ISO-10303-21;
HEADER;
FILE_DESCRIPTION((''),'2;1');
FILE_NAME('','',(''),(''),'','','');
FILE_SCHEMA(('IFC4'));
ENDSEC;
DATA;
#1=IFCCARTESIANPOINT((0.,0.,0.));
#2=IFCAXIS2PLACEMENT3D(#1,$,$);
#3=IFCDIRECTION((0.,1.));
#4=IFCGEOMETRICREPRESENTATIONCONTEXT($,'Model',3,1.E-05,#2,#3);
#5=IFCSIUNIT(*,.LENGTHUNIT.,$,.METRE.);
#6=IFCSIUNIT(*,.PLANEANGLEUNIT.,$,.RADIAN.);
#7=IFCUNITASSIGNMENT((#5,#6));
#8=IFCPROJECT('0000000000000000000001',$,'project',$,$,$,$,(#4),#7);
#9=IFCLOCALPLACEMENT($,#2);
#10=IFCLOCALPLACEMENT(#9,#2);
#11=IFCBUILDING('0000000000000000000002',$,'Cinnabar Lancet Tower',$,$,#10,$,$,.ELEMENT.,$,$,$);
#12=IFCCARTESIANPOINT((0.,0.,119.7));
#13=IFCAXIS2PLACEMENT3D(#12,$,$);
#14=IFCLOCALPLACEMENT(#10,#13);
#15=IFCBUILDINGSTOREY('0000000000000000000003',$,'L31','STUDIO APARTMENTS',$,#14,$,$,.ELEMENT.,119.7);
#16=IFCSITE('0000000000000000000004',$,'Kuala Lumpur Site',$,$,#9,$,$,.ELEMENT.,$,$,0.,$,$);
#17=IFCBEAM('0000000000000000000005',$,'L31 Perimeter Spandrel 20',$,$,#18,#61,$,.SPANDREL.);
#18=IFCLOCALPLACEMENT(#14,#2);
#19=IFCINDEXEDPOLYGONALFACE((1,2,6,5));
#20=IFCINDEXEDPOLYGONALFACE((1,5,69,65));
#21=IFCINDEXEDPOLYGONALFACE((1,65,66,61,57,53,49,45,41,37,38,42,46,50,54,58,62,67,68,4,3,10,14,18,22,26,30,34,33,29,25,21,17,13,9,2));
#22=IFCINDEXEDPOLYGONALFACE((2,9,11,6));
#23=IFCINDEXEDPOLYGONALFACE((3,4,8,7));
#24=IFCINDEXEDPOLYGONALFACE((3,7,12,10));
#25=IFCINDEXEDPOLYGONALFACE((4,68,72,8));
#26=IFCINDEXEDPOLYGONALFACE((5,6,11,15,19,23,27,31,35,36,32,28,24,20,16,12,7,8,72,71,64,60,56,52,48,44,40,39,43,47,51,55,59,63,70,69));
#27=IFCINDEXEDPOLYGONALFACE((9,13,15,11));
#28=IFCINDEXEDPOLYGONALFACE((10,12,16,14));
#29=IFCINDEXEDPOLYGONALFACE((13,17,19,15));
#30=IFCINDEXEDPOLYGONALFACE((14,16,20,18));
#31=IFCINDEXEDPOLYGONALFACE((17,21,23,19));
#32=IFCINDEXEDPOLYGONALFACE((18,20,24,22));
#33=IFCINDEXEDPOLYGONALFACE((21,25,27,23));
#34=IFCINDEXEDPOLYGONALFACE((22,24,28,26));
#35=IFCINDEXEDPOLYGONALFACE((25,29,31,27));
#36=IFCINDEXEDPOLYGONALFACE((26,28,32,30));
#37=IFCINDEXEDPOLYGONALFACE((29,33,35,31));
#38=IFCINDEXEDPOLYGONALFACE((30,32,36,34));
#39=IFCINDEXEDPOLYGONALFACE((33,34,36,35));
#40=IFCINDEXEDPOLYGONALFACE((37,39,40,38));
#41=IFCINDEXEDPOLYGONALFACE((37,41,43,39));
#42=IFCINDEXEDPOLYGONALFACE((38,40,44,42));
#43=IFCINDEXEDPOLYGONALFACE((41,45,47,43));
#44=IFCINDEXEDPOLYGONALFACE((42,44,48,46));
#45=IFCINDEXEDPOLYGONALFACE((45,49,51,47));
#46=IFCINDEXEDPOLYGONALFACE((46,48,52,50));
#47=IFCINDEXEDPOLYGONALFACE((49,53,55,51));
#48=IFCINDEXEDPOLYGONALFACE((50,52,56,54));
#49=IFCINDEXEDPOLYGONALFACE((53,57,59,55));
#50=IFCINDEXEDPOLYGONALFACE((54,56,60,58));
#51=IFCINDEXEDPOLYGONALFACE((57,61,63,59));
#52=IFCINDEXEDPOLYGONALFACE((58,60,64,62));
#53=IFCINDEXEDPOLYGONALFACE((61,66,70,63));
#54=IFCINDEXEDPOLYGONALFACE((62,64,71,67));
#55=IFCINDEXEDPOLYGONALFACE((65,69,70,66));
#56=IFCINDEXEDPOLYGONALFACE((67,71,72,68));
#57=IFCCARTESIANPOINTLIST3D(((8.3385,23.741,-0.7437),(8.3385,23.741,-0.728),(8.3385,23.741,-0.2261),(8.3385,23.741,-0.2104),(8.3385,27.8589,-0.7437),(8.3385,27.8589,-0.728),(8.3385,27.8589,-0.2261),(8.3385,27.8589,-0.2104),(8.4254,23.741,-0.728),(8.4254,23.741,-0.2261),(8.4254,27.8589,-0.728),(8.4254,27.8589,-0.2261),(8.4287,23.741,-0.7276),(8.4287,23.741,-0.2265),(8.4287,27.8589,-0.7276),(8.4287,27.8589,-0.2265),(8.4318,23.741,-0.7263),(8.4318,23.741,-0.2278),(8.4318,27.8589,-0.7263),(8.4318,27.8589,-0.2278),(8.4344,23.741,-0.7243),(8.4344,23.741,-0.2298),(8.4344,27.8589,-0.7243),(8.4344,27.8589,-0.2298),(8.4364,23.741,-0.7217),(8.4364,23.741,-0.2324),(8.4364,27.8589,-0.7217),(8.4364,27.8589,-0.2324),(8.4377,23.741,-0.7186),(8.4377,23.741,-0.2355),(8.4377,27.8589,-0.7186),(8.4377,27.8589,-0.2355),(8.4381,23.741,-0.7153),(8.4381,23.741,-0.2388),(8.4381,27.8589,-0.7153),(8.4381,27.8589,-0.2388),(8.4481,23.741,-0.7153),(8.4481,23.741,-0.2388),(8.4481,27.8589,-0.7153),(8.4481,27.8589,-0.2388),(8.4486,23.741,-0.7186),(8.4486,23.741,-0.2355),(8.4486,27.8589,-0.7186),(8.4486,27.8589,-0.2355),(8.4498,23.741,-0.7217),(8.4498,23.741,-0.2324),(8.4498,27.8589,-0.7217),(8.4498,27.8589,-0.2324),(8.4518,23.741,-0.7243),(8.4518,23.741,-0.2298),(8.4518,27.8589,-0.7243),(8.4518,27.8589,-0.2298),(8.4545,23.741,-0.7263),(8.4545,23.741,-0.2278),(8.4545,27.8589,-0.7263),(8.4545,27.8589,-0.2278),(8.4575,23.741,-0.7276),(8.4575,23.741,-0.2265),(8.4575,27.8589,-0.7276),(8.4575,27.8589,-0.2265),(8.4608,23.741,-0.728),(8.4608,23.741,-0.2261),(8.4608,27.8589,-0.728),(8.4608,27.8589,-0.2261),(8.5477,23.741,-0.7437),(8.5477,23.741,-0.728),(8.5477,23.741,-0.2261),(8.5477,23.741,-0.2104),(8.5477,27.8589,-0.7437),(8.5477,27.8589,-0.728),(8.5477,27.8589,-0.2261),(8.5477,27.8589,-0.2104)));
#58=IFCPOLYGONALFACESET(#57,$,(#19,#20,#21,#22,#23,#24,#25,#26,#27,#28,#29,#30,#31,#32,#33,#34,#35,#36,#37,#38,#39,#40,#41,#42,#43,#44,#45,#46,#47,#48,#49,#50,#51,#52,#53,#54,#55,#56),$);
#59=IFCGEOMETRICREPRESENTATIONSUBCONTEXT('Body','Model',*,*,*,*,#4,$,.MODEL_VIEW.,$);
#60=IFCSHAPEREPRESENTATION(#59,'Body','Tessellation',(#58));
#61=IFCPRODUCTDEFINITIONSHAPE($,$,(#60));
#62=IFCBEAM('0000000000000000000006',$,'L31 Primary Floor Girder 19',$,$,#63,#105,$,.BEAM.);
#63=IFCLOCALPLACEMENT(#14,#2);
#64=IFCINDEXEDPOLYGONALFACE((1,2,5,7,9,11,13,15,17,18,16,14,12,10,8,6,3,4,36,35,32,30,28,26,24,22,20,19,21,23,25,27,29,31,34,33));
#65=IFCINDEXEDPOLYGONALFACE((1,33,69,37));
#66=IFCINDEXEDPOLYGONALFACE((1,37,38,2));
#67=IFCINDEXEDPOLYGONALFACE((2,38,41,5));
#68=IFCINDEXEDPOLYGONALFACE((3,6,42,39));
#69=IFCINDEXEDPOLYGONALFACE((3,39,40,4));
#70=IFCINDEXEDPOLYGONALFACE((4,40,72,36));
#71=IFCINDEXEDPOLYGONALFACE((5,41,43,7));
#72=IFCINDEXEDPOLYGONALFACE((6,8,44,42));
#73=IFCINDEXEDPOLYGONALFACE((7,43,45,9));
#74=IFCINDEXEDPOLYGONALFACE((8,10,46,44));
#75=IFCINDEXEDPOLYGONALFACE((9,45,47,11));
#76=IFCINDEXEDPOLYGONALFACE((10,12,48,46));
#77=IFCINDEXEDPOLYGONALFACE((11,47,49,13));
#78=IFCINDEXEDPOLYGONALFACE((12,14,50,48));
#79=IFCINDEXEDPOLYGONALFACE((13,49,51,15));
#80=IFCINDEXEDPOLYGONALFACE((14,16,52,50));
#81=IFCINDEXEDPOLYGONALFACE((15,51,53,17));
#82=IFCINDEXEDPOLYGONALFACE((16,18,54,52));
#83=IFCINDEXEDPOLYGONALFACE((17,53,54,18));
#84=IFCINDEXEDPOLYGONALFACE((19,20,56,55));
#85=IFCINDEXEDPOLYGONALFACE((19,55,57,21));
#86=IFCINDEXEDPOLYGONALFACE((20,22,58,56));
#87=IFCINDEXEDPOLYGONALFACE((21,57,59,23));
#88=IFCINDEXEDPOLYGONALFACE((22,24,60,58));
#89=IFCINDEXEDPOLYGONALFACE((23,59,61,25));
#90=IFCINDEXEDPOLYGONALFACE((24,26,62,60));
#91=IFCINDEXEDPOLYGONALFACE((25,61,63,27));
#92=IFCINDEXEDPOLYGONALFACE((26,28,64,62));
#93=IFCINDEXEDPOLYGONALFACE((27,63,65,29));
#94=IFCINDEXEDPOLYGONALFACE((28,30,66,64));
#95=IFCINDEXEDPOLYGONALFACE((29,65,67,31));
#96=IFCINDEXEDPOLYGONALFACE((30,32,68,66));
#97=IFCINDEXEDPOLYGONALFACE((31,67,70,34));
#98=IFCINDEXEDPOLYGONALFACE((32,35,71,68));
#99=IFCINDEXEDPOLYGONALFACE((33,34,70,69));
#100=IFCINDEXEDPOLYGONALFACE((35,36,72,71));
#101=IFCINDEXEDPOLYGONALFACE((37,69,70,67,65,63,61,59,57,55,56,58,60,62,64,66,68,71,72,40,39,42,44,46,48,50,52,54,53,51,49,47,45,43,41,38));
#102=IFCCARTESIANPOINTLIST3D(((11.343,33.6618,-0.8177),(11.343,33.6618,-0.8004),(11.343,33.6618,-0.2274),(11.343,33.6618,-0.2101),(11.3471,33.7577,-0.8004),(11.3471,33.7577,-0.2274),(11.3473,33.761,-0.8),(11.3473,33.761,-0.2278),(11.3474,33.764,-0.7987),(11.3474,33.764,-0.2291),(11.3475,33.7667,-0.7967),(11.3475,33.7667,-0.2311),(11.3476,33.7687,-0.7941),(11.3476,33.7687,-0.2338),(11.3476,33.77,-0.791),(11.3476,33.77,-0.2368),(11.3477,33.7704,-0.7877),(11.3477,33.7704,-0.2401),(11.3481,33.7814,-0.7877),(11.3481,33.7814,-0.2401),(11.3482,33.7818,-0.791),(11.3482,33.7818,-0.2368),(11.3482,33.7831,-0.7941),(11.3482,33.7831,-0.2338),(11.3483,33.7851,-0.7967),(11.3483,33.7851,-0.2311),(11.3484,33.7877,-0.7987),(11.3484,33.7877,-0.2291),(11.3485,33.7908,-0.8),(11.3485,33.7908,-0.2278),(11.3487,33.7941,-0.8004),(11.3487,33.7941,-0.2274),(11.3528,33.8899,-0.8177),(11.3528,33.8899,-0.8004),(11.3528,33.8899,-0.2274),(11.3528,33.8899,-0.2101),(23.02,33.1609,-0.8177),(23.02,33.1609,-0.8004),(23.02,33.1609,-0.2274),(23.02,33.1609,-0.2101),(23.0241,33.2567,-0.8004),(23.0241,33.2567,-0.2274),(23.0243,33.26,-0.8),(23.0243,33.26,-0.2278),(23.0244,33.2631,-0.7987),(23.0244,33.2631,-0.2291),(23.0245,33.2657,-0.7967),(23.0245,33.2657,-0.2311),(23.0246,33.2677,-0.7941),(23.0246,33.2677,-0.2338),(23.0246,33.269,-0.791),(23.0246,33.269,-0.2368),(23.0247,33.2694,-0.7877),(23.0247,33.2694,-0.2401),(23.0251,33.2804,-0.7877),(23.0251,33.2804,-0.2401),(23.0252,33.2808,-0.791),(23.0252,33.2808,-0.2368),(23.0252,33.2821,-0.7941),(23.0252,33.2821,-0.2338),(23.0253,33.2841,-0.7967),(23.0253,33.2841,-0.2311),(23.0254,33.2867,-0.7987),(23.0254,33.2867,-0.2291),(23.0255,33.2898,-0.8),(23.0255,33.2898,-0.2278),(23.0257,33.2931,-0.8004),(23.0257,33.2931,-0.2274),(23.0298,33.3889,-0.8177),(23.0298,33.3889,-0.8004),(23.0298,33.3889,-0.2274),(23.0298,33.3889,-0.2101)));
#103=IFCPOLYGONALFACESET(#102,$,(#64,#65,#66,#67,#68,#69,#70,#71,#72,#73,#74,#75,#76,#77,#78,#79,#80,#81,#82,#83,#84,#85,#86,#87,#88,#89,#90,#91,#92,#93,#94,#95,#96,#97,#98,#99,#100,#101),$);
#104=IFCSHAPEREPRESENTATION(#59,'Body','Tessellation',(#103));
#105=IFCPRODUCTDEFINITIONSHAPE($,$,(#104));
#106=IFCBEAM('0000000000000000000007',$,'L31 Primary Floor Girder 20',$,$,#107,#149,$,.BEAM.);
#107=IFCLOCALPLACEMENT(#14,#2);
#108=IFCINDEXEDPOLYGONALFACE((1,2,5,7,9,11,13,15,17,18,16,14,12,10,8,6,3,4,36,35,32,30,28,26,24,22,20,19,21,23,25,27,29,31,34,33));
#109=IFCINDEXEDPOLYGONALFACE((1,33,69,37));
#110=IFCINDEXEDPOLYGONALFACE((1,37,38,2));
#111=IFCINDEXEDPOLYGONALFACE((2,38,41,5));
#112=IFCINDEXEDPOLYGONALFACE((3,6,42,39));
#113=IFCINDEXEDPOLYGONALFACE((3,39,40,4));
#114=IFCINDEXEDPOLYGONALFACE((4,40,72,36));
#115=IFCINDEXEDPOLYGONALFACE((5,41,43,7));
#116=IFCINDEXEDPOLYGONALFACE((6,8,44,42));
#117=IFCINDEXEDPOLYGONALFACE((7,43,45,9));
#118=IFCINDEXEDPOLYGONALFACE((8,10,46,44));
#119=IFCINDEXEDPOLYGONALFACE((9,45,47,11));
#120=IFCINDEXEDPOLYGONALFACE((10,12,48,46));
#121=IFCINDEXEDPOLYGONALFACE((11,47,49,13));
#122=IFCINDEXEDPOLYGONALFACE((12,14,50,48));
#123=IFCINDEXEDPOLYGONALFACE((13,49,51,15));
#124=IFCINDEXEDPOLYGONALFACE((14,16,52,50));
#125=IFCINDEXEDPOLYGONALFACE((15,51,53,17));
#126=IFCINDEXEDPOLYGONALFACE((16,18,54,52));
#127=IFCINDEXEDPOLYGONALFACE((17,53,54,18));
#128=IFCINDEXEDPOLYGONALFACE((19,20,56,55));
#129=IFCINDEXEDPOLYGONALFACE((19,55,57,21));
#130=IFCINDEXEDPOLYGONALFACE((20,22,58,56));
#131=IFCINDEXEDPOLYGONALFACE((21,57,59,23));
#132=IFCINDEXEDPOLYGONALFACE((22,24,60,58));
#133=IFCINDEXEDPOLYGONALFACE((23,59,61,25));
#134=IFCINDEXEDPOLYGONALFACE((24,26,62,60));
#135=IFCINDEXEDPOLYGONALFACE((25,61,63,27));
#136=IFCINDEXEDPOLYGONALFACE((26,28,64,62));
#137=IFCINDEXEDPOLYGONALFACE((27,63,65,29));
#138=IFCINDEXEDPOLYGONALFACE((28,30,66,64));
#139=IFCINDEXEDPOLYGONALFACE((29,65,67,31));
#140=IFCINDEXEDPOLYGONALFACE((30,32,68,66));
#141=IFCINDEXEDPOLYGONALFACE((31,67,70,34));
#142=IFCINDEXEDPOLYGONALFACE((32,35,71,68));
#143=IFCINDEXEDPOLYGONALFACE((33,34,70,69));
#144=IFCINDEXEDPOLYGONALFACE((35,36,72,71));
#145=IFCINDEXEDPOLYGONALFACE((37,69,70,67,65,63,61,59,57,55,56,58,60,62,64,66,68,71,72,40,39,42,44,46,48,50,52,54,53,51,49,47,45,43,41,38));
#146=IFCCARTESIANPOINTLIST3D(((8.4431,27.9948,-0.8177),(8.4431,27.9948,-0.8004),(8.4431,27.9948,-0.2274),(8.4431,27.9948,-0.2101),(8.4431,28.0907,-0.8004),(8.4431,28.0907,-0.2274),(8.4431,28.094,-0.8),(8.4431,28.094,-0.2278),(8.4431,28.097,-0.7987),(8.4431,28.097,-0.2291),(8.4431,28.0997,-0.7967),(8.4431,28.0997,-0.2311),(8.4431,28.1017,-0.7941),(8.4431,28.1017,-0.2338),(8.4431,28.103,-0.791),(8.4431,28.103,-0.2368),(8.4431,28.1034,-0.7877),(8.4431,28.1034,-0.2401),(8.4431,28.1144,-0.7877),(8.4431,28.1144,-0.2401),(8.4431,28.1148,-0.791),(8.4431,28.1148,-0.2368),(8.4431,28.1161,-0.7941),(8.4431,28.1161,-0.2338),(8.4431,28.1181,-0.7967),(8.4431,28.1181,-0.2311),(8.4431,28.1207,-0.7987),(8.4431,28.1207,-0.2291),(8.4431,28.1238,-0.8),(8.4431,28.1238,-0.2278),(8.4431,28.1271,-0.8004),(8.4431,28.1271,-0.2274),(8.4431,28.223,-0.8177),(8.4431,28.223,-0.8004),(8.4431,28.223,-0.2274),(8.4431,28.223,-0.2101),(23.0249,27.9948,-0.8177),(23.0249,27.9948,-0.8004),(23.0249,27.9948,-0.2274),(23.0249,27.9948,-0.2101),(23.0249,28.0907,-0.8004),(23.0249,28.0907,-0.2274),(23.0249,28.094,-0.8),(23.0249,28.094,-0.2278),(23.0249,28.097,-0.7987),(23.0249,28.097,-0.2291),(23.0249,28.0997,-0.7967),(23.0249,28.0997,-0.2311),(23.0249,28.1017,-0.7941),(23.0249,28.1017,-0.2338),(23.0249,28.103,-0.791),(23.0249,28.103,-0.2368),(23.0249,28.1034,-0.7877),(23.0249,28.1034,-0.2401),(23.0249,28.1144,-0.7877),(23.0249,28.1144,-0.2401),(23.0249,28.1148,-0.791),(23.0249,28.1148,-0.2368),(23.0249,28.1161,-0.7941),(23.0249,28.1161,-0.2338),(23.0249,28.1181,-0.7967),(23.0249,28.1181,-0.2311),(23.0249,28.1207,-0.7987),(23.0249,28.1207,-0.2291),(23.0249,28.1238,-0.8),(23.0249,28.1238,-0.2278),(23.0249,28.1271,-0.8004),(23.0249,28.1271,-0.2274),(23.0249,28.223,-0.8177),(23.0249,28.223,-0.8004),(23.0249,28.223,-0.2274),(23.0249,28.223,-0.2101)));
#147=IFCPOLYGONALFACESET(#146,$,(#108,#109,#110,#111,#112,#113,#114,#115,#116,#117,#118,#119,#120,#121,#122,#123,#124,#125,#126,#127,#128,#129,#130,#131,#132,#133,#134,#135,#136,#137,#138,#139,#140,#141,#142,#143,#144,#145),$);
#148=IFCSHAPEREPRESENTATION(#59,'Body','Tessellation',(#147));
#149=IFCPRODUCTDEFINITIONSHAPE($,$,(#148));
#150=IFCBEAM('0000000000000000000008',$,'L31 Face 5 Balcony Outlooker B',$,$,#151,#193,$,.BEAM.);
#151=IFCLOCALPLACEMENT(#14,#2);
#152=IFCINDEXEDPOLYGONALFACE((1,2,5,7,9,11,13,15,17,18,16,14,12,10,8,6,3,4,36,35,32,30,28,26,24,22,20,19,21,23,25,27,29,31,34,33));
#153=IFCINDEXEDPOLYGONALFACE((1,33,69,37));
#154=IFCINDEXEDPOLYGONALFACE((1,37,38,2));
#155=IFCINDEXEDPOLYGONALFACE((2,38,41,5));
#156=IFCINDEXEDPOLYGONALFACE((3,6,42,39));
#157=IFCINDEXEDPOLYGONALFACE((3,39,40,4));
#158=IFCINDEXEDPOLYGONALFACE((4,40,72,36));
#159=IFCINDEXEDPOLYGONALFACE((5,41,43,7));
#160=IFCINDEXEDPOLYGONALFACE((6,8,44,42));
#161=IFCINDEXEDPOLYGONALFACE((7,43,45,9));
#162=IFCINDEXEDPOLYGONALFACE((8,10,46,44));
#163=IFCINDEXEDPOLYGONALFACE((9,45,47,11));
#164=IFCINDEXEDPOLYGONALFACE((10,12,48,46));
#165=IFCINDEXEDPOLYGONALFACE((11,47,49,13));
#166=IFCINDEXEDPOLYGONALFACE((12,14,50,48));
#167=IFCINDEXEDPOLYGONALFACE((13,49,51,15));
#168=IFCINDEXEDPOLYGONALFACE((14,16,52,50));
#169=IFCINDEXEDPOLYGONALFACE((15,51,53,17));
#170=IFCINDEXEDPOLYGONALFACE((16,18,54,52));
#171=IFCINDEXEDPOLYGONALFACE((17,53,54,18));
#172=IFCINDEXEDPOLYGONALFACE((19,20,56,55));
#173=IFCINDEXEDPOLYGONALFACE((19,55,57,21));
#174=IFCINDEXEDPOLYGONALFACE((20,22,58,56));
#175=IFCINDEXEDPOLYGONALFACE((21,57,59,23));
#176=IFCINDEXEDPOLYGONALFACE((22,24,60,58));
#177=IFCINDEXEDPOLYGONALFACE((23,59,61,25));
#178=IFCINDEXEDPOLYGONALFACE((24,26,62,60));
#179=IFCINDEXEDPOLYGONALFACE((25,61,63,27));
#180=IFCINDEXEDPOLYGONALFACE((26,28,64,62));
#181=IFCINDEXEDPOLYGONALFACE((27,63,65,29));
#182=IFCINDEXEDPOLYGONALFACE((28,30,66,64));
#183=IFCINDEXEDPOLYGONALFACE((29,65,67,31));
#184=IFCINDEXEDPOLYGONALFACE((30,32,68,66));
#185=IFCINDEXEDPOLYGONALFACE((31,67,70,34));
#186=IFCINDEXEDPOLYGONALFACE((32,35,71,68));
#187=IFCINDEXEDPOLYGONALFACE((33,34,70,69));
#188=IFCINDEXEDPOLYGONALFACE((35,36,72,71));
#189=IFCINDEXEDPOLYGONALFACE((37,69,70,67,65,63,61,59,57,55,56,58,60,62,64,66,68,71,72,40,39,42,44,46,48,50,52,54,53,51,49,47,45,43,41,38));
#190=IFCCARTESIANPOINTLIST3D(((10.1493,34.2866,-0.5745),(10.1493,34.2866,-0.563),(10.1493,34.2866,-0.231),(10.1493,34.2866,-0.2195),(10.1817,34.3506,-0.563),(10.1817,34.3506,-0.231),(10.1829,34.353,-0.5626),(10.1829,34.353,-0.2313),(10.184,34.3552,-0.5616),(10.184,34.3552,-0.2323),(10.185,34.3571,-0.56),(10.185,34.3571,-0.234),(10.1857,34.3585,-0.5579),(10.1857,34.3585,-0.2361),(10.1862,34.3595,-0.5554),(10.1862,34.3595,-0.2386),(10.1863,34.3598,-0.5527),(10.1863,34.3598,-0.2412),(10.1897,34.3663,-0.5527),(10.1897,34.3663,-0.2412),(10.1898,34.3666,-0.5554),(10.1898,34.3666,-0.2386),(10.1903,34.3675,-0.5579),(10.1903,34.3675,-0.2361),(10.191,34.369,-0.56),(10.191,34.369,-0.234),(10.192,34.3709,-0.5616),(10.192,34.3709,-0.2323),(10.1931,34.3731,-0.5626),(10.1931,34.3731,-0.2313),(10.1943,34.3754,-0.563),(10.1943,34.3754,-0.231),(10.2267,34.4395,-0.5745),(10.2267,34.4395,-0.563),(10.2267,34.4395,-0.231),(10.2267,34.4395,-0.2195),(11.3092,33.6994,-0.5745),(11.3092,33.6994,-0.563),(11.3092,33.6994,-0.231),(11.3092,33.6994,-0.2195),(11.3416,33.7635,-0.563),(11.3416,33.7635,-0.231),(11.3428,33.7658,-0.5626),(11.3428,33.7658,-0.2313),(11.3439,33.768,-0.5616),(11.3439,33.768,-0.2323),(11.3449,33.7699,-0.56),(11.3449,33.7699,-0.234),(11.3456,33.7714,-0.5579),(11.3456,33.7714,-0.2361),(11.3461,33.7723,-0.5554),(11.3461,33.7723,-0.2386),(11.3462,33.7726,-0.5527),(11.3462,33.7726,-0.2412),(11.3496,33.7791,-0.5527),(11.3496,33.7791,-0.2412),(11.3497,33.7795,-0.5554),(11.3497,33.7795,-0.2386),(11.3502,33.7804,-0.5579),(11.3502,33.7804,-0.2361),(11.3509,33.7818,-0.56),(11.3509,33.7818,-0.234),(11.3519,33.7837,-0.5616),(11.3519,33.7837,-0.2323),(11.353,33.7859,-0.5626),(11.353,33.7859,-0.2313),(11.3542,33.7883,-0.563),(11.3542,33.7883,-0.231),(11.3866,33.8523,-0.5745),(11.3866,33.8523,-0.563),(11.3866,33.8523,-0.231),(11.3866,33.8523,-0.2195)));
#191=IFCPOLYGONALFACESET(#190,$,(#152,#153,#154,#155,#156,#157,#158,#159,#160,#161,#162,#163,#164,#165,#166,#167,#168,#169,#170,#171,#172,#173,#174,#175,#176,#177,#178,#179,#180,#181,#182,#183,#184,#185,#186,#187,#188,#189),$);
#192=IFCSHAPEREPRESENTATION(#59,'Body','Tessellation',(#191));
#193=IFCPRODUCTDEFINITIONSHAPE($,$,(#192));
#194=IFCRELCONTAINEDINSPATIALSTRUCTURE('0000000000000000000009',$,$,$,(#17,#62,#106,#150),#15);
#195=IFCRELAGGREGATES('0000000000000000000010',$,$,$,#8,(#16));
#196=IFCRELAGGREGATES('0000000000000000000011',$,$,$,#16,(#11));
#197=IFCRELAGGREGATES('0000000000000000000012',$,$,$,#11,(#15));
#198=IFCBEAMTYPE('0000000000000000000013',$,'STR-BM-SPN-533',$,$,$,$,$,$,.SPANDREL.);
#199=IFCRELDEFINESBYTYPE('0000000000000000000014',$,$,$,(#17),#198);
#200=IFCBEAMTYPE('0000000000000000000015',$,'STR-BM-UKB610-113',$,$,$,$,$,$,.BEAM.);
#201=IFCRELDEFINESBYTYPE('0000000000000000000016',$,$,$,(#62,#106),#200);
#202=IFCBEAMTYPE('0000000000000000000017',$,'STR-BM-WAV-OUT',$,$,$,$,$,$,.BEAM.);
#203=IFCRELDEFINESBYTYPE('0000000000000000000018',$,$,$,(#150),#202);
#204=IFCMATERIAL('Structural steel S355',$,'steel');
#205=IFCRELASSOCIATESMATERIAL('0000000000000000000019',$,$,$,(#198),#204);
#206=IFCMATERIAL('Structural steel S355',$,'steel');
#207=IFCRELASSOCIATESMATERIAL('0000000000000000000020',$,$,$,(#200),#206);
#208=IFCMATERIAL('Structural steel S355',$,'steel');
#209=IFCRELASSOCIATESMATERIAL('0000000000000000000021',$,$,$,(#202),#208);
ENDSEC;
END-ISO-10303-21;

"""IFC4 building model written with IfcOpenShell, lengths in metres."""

from ifc_helpers import new_model, si_unit, direction, frame, origin, origin_2d, place, context, subcontext, project, spatial, i_section, extrude, material, material_profile, profile_set, type_object, element, save


model = new_model("IFC4")

# Units and contexts
model_context = context("Model", 3, precision=1e-05, world=origin(), true_north=direction((0.0, 1.0)))
body_context = subcontext(model_context, "Body", "Model", "MODEL_VIEW")
ifc_project = project(units=[si_unit("LENGTHUNIT", "METRE"), si_unit("PLANEANGLEUNIT", "RADIAN")], contexts=[model_context])

# Site, building, storey
site_placement = place(None, origin())
site = spatial("IfcSite", under=ifc_project, at=site_placement, Name="Kuala Lumpur Site", CompositionType="ELEMENT", RefElevation=0.0)
building_placement = place(site_placement, origin())
building = spatial("IfcBuilding", under=site, at=building_placement, Name="Cinnabar Lancet Tower", CompositionType="ELEMENT")
storey_placement = place(building_placement, frame((0.0, 0.0, 119.7)))
storey = spatial("IfcBuildingStorey", under=building, at=storey_placement, Name="L31", Description="STUDIO APARTMENTS", CompositionType="ELEMENT", Elevation=119.7)

# Beams
ifc_material_1 = material(Name="Structural steel S355", Category="steel")
ifc_material_profile_1 = material_profile(ifc_material_1, i_section(OverallWidth=0.2092, OverallDepth=0.5332, WebThickness=0.01, FlangeThickness=0.0156, FilletRadius=0.0127, at=origin_2d()), Name="UKB 533x210x92")
ifc_profile_set_1 = profile_set([ifc_material_profile_1], Name="Structural steel S355")
beam_type_1 = type_object("IfcBeamType", Name="STR-BM-SPN-533", PredefinedType="SPANDREL", material=ifc_profile_set_1)
beam_1_placement = place(storey_placement, frame((8.4431, 27.8589, -0.4771), z_axis=(0.0, -1.0, 0.0), x_axis=(1.0, 0.0, 0.0)))
element("IfcBeam", 1, at=beam_1_placement, inside=storey, type_object=beam_type_1, Name="L31 Perimeter Spandrel 20", PredefinedType="SPANDREL", context=body_context, shape_type="SweptSolid", body=[
    extrude(i_section(OverallWidth=0.2092, OverallDepth=0.5332, WebThickness=0.01, FlangeThickness=0.0156, FilletRadius=0.0127, at=origin_2d()), origin(), (0.0, 0.0, 1.0), 4.1179),
])
ifc_material_2 = material(Name="Structural steel S355", Category="steel")
ifc_material_profile_2 = material_profile(ifc_material_2, i_section(OverallWidth=0.2283, OverallDepth=0.6077, WebThickness=0.011, FlangeThickness=0.0173, FilletRadius=0.0127, at=origin_2d()), Name="UKB 610x229x113")
ifc_profile_set_2 = profile_set([ifc_material_profile_2], Name="Structural steel S355")
beam_type_2 = type_object("IfcBeamType", Name="STR-BM-UKB610-113", PredefinedType="BEAM", material=ifc_profile_set_2)
beam_2_placement = place(storey_placement, frame((11.3479, 33.7759, -0.5139), z_axis=(0.999081, -0.042863, 0.0), x_axis=(0.042863, 0.999081, 0.0)))
element("IfcBeam", 2, at=beam_2_placement, inside=storey, type_object=beam_type_2, Name="L31 Primary Floor Girder 19", PredefinedType="BEAM", context=body_context, shape_type="SweptSolid", body=[
    extrude(i_section(OverallWidth=0.2283, OverallDepth=0.6077, WebThickness=0.011, FlangeThickness=0.0173, FilletRadius=0.0127, at=origin_2d()), origin(), (0.0, 0.0, 1.0), 11.6877),
])
beam_3_placement = place(storey_placement, frame((8.4431, 28.1089, -0.5139), z_axis=(1.0, 0.0, 0.0), x_axis=(0.0, 1.0, 0.0)))
element("IfcBeam", 3, at=beam_3_placement, inside=storey, type_object=beam_type_2, Name="L31 Primary Floor Girder 20", PredefinedType="BEAM", context=body_context, shape_type="SweptSolid", body=[
    extrude(i_section(OverallWidth=0.2283, OverallDepth=0.6077, WebThickness=0.011, FlangeThickness=0.0173, FilletRadius=0.0127, at=origin_2d()), origin(), (0.0, 0.0, 1.0), 14.5818),
])
ifc_material_3 = material(Name="Structural steel S355", Category="steel")
ifc_material_profile_3 = material_profile(ifc_material_3, i_section(OverallWidth=0.1714, OverallDepth=0.355, WebThickness=0.0073, FlangeThickness=0.0115, FilletRadius=0.0103, at=origin_2d()), Name="UKB 356x171x51")
ifc_profile_set_3 = profile_set([ifc_material_profile_3], Name="Structural steel S355")
beam_type_3 = type_object("IfcBeamType", Name="STR-BM-WAV-OUT", PredefinedType="BEAM", material=ifc_profile_set_3)
beam_4_placement = place(storey_placement, frame((11.3479, 33.7759, -0.397), z_axis=(-0.8922, 0.45164, 0.0), x_axis=(-0.45164, -0.8922, 0.0)))
element("IfcBeam", 4, at=beam_4_placement, inside=storey, type_object=beam_type_3, Name="L31 Face 5 Balcony Outlooker B", PredefinedType="BEAM", context=body_context, shape_type="SweptSolid", body=[
    extrude(i_section(OverallWidth=0.1714, OverallDepth=0.355, WebThickness=0.0073, FlangeThickness=0.0115, FilletRadius=0.0103, at=origin_2d()), origin(), (0.0, 0.0, 1.0), 1.3),
])

save(model, "model.ifc")
